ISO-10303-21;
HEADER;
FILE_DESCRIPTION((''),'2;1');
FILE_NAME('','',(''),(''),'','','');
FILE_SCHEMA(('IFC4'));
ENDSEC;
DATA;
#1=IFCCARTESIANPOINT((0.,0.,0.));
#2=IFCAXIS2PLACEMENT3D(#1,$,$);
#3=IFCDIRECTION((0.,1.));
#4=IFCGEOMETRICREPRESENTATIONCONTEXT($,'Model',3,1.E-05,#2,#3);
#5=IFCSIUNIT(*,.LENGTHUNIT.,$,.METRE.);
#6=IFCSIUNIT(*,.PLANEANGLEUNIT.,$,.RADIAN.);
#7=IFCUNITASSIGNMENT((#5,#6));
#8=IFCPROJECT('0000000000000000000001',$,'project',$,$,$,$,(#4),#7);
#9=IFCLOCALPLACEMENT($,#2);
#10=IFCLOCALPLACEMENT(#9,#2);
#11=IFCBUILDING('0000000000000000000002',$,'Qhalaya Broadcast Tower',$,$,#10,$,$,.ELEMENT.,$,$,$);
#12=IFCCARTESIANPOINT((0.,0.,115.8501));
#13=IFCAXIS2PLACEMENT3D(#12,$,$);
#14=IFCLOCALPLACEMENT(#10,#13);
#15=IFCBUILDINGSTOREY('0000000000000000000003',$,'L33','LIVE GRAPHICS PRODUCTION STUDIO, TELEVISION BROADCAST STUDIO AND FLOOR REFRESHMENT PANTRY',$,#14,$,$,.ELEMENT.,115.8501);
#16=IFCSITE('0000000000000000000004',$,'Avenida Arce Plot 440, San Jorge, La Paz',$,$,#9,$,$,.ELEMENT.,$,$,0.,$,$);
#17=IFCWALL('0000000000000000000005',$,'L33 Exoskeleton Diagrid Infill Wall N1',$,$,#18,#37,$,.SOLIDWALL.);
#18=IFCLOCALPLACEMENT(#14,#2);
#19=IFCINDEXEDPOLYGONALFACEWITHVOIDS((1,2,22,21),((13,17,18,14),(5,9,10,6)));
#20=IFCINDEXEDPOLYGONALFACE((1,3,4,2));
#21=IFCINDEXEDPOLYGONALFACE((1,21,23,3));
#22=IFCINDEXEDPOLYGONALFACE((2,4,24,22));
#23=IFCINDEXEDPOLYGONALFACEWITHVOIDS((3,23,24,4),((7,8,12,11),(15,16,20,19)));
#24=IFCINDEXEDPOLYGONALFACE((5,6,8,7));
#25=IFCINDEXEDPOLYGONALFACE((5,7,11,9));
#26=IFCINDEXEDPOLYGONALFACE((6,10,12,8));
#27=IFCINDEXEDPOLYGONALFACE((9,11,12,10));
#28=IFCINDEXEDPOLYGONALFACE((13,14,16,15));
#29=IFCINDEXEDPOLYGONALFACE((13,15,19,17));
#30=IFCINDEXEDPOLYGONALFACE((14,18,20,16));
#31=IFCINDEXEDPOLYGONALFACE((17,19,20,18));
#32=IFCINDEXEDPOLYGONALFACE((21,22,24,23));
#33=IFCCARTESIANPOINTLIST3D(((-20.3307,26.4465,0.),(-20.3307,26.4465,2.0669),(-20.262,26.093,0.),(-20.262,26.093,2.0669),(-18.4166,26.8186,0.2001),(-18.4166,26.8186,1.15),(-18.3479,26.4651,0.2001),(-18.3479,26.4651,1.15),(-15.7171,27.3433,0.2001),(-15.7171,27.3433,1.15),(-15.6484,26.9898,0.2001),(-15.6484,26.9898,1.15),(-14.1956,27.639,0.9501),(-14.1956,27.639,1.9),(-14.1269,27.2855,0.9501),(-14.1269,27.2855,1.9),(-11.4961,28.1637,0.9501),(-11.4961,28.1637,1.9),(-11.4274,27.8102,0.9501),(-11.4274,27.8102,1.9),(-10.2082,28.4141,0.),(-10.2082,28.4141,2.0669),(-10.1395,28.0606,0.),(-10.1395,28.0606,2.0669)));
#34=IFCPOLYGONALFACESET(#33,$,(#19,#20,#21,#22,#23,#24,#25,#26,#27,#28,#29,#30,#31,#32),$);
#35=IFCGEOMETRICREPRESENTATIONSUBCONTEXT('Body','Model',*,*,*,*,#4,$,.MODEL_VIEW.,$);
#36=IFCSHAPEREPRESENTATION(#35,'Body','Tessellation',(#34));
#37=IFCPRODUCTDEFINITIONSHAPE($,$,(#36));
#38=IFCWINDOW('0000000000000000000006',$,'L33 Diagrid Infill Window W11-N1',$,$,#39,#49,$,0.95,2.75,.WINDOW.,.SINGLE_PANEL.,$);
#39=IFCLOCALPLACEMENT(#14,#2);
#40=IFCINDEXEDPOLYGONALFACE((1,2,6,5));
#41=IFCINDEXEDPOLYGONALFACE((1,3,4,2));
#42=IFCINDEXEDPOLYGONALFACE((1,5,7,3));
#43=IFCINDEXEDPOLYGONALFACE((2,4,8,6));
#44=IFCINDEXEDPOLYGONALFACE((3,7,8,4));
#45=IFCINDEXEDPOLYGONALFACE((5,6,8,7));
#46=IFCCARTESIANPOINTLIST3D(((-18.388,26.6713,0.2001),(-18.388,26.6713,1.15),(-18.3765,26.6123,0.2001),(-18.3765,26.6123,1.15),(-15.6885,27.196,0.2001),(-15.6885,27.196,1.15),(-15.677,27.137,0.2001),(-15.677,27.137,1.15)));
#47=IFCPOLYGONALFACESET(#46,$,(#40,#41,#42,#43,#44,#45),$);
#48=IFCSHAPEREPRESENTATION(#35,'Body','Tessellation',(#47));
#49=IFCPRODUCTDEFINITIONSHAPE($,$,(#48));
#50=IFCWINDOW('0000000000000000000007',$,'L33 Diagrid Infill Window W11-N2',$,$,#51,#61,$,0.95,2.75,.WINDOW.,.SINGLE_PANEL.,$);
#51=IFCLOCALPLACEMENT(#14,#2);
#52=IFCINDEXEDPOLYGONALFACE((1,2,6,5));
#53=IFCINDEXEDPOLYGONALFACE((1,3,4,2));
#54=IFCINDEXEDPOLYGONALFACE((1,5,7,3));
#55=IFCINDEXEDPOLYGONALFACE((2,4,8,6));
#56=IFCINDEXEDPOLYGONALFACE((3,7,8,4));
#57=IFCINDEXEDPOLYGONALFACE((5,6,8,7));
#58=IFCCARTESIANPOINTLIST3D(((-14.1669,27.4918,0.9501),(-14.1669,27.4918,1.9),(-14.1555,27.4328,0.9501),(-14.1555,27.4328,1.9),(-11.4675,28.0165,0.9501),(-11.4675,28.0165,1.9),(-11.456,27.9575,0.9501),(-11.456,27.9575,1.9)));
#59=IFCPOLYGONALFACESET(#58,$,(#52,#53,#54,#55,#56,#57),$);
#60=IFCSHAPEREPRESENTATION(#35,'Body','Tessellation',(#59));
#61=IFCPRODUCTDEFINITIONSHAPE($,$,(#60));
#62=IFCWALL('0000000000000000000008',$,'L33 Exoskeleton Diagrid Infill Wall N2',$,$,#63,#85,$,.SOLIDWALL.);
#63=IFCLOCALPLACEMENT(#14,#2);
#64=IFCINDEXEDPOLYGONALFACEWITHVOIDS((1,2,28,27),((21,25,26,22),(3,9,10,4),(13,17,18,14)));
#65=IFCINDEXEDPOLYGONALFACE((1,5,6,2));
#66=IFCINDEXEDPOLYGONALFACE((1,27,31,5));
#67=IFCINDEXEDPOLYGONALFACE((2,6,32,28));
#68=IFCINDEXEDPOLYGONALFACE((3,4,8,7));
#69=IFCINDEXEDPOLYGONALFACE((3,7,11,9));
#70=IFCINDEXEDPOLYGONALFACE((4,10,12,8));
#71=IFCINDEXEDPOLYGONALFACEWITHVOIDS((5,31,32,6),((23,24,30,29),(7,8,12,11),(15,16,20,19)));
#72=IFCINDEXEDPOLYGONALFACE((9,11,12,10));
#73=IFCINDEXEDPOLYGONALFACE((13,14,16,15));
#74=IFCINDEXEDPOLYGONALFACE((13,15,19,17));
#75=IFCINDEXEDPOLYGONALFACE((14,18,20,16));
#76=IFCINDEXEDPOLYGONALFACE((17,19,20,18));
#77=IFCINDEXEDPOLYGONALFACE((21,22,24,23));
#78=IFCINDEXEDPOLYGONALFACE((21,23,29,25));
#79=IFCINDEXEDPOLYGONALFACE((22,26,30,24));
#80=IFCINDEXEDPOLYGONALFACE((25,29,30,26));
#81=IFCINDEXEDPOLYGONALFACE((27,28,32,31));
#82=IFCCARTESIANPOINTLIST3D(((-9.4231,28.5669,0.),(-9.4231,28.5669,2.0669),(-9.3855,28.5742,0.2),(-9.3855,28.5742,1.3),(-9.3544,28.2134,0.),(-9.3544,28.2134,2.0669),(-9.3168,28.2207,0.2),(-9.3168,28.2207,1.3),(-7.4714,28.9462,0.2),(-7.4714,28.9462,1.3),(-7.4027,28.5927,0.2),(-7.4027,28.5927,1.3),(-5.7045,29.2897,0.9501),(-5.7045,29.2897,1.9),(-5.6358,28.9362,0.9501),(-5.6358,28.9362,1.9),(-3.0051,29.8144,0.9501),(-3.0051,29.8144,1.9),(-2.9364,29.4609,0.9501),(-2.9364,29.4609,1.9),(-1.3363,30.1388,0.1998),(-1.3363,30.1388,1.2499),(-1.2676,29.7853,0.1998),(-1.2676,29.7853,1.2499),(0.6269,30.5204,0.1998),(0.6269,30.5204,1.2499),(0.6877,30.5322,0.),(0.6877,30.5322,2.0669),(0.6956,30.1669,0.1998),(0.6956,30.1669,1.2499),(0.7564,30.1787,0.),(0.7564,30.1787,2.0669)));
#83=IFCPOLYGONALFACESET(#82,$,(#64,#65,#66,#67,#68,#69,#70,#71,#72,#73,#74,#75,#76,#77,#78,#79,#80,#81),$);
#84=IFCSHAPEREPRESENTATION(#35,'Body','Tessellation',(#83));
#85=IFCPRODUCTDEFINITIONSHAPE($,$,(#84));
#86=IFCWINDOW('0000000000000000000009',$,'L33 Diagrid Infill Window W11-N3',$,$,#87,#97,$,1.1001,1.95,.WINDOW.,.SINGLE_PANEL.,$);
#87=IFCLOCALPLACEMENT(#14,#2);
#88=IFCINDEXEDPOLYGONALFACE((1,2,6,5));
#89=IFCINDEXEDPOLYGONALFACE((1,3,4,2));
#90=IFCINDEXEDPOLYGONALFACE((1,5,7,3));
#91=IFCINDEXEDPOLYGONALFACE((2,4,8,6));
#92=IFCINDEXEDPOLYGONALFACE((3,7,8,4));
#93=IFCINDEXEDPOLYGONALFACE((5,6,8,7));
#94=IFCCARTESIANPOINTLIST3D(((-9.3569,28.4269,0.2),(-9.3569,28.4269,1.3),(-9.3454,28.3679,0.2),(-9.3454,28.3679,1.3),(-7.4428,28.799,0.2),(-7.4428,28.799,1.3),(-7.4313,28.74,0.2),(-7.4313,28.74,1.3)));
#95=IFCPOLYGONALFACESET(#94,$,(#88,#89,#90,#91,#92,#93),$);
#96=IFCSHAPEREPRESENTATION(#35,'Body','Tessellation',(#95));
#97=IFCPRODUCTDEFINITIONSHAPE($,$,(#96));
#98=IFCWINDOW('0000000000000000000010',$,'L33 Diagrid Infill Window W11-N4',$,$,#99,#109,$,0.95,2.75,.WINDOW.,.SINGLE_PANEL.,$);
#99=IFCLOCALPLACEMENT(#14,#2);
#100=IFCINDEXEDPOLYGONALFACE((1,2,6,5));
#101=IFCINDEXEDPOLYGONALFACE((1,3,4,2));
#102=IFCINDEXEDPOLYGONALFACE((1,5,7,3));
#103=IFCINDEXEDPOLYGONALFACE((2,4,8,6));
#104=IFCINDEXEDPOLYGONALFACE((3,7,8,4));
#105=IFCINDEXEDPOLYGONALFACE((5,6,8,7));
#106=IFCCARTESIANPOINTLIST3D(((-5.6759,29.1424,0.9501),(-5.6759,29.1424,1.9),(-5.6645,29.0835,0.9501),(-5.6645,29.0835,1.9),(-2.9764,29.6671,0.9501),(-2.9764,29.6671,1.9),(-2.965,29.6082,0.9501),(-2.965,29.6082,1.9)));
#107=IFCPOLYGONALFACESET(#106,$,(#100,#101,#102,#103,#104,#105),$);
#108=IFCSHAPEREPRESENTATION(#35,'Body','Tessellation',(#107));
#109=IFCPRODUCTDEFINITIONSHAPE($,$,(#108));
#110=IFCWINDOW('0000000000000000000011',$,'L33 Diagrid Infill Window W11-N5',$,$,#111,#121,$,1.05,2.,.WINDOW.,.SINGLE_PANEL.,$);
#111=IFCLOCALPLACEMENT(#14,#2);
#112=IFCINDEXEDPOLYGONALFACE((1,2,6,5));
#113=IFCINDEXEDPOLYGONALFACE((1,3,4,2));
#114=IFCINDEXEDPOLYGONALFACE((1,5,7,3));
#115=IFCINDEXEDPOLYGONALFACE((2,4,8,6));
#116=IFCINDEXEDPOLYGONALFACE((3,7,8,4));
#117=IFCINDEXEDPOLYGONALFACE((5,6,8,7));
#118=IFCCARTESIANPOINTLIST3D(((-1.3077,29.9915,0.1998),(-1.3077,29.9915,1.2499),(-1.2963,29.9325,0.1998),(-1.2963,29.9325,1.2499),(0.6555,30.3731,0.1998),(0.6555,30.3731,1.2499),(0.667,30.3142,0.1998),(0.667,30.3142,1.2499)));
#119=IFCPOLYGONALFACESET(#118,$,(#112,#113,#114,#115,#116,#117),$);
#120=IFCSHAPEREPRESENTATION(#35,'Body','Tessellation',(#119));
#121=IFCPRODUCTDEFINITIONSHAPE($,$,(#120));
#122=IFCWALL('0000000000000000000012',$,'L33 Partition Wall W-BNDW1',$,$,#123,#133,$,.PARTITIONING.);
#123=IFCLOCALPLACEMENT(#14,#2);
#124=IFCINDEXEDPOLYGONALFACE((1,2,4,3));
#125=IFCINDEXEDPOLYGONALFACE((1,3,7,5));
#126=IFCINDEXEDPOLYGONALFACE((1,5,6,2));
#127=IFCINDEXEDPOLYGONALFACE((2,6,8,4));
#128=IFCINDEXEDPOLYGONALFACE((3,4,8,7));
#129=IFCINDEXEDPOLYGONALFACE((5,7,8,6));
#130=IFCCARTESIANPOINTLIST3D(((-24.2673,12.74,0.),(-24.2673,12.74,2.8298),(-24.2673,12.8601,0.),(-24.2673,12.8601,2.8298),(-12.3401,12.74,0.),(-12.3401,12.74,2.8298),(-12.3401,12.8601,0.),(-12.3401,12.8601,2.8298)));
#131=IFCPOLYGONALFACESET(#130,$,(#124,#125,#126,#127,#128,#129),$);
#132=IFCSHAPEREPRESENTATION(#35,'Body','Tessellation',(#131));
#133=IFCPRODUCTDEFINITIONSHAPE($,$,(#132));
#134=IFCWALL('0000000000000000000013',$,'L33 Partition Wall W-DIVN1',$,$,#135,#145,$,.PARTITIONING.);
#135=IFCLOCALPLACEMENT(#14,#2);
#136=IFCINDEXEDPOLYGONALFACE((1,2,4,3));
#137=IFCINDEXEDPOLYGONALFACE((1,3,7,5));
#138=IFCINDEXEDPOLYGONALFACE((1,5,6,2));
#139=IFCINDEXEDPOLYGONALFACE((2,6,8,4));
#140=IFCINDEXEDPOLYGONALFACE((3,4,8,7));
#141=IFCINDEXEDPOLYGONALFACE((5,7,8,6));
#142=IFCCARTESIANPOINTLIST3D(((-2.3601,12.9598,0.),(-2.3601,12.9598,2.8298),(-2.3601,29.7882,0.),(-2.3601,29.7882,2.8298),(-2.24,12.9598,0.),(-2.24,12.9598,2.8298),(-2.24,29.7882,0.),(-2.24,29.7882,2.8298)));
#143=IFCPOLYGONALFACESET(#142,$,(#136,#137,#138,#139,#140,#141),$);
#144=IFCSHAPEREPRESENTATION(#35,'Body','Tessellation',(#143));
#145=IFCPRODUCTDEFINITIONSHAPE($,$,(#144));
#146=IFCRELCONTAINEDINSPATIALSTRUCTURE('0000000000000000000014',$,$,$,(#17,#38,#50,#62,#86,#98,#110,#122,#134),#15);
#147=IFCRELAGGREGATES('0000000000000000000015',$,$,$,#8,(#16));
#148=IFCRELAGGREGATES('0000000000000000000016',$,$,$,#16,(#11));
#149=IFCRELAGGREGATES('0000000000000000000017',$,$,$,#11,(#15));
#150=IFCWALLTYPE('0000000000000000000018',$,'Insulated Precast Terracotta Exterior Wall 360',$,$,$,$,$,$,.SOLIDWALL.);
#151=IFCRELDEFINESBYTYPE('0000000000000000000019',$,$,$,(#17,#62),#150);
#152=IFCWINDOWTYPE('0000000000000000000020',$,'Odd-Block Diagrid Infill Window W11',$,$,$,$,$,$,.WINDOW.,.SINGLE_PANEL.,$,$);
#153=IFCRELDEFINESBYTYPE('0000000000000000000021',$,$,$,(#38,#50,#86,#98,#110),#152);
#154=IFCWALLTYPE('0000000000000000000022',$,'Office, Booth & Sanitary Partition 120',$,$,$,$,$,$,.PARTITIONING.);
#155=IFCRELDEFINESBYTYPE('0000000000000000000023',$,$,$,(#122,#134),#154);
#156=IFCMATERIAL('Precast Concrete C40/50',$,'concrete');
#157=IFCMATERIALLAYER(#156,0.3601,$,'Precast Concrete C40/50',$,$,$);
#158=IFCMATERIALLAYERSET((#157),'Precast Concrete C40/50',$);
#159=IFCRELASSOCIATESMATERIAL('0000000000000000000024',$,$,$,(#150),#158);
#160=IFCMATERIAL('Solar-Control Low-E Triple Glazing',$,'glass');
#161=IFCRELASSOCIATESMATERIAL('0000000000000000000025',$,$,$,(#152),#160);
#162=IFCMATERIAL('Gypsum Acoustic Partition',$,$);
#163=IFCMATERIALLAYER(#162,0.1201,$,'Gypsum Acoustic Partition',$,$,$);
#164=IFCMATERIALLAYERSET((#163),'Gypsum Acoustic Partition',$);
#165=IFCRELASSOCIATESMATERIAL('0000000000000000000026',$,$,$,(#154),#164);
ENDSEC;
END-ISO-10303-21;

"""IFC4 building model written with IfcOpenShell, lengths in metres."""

from ifc_helpers import new_model, si_unit, direction, frame, frame_2d, origin, place, context, subcontext, project, spatial, rectangle, extrude, material, layer, layer_set, type_object, element, fill, save


model = new_model("IFC4")

# Units and contexts
model_context = context("Model", 3, precision=1e-05, world=origin(), true_north=direction((0.0, 1.0)))
body_context = subcontext(model_context, "Body", "Model", "MODEL_VIEW")
ifc_project = project(units=[si_unit("LENGTHUNIT", "METRE"), si_unit("PLANEANGLEUNIT", "RADIAN")], contexts=[model_context])

# Site, building, storey
site_placement = place(None, origin())
site = spatial("IfcSite", under=ifc_project, at=site_placement, Name="Avenida Arce Plot 440, San Jorge, La Paz", CompositionType="ELEMENT", RefElevation=0.0)
building_placement = place(site_placement, origin())
building = spatial("IfcBuilding", under=site, at=building_placement, Name="Qhalaya Broadcast Tower", CompositionType="ELEMENT")
storey_placement = place(building_placement, frame((0.0, 0.0, 115.8501)))
storey = spatial("IfcBuildingStorey", under=building, at=storey_placement, Name="L33", Description="LIVE GRAPHICS PRODUCTION STUDIO, TELEVISION BROADCAST STUDIO AND FLOOR REFRESHMENT PANTRY", CompositionType="ELEMENT", Elevation=115.8501)

# Shared definitions
ifc_material_1 = material(Name="Gypsum Acoustic Partition")

# Walls, openings, windows
ifc_material_2 = material(Name="Precast Concrete C40/50", Category="concrete")
ifc_layer_1 = layer(ifc_material_2, 0.3601, Name="Precast Concrete C40/50")
ifc_layer_set_1 = layer_set([ifc_layer_1], Name="Precast Concrete C40/50")
wall_type_1 = type_object("IfcWallType", Name="Insulated Precast Terracotta Exterior Wall 360", PredefinedType="SOLIDWALL", material=ifc_layer_set_1)
wall_1_placement = place(storey_placement, frame((-20.2964, 26.2698, 0.0), z_axis=(0.0, 0.0, 1.0), x_axis=(0.981629, 0.1908, 0.0)))
wall_1 = element("IfcWall", 1, at=wall_1_placement, inside=storey, type_object=wall_type_1, Name="L33 Exoskeleton Diagrid Infill Wall N1", PredefinedType="SOLIDWALL", context=body_context, shape_type="SweptSolid", body=[
    extrude(rectangle(XDim=10.312, YDim=0.3601, at=frame_2d((5.156, 0.0))), origin(), (0.0, 0.0, 1.0), 2.0669),
])
opening_1_placement = place(wall_1_placement, frame((1.95, 0.0, 0.2)))
opening_1 = element("IfcOpeningElement", 2, at=opening_1_placement, cuts=wall_1, PredefinedType="OPENING", context=body_context, shape_type="SweptSolid", body=[
    extrude(rectangle(XDim=2.75, YDim=0.95, at=frame_2d((1.375, 0.4751))), frame((0.0, 0.1921, 0.0), z_axis=(0.0, -1.0, 0.0), x_axis=(1.0, 0.0, 0.0)), (0.0, 0.0, 1.0), 0.384),
])
opening_2_placement = place(wall_1_placement, frame((6.25, 0.0, 0.95)))
opening_2 = element("IfcOpeningElement", 3, at=opening_2_placement, cuts=wall_1, PredefinedType="OPENING", context=body_context, shape_type="SweptSolid", body=[
    extrude(rectangle(XDim=2.75, YDim=0.95, at=frame_2d((1.375, 0.4751))), frame((0.0, 0.1921, 0.0), z_axis=(0.0, -1.0, 0.0), x_axis=(1.0, 0.0, 0.0)), (0.0, 0.0, 1.0), 0.384),
])
ifc_material_3 = material(Name="Solar-Control Low-E Triple Glazing", Category="glass")
window_type = type_object("IfcWindowType", Name="Odd-Block Diagrid Infill Window W11", PartitioningType="SINGLE_PANEL", PredefinedType="WINDOW", material=ifc_material_3)
window_1_placement = place(opening_1_placement, origin())
window_1 = element("IfcWindow", 4, at=window_1_placement, inside=storey, type_object=window_type, Name="L33 Diagrid Infill Window W11-N1", OverallHeight=0.95, OverallWidth=2.75, PartitioningType="SINGLE_PANEL", PredefinedType="WINDOW", context=body_context, shape_type="SweptSolid", body=[
    extrude(rectangle(XDim=2.75, YDim=0.95, at=frame_2d((1.375, 0.4751))), frame((0.0, 0.03, 0.0), z_axis=(0.0, -1.0, 0.0), x_axis=(1.0, 0.0, 0.0)), (0.0, 0.0, 1.0), 0.0601),
])
fill(opening_1, window_1)
window_2_placement = place(opening_2_placement, origin())
window_2 = element("IfcWindow", 5, at=window_2_placement, inside=storey, type_object=window_type, Name="L33 Diagrid Infill Window W11-N2", OverallHeight=0.95, OverallWidth=2.75, PartitioningType="SINGLE_PANEL", PredefinedType="WINDOW", context=body_context, shape_type="SweptSolid", body=[
    extrude(rectangle(XDim=2.75, YDim=0.95, at=frame_2d((1.375, 0.4751))), frame((0.0, 0.03, 0.0), z_axis=(0.0, -1.0, 0.0), x_axis=(1.0, 0.0, 0.0)), (0.0, 0.0, 1.0), 0.0601),
])
fill(opening_2, window_2)
wall_2_placement = place(storey_placement, frame((-9.3887, 28.3901, 0.0), z_axis=(0.0, 0.0, 1.0), x_axis=(0.981627, 0.190807, 0.0)))
wall_2 = element("IfcWall", 6, at=wall_2_placement, inside=storey, type_object=wall_type_1, Name="L33 Exoskeleton Diagrid Infill Wall N2", PredefinedType="SOLIDWALL", context=body_context, shape_type="SweptSolid", body=[
    extrude(rectangle(XDim=10.3, YDim=0.3601, at=frame_2d((5.1499, 0.0))), origin(), (0.0, 0.0, 1.0), 2.0669),
])
opening_3_placement = place(wall_2_placement, frame((0.0381, 0.0, 0.2)))
opening_3 = element("IfcOpeningElement", 7, at=opening_3_placement, cuts=wall_2, PredefinedType="OPENING", context=body_context, shape_type="SweptSolid", body=[
    extrude(rectangle(XDim=1.95, YDim=1.1001, at=frame_2d((0.9751, 0.55))), frame((0.0, 0.1921, 0.0), z_axis=(0.0, -1.0, 0.0), x_axis=(1.0, 0.0, 0.0)), (0.0, 0.0, 1.0), 0.384),
])
opening_4_placement = place(wall_2_placement, frame((3.7881, 0.0, 0.95)))
opening_4 = element("IfcOpeningElement", 8, at=opening_4_placement, cuts=wall_2, PredefinedType="OPENING", context=body_context, shape_type="SweptSolid", body=[
    extrude(rectangle(XDim=2.75, YDim=0.95, at=frame_2d((1.375, 0.4751))), frame((0.0, 0.1921, 0.0), z_axis=(0.0, -1.0, 0.0), x_axis=(1.0, 0.0, 0.0)), (0.0, 0.0, 1.0), 0.384),
])
opening_5_placement = place(wall_2_placement, frame((8.238, 0.0, 0.2)))
opening_5 = element("IfcOpeningElement", 9, at=opening_5_placement, cuts=wall_2, PredefinedType="OPENING", context=body_context, shape_type="SweptSolid", body=[
    extrude(rectangle(XDim=2.0, YDim=1.05, at=frame_2d((1.0, 0.5249))), frame((0.0, 0.1921, 0.0), z_axis=(0.0, -1.0, 0.0), x_axis=(1.0, 0.0, 0.0)), (0.0, 0.0, 1.0), 0.384),
])
window_3_placement = place(opening_3_placement, origin())
window_3 = element("IfcWindow", 10, at=window_3_placement, inside=storey, type_object=window_type, Name="L33 Diagrid Infill Window W11-N3", OverallHeight=1.1001, OverallWidth=1.95, PartitioningType="SINGLE_PANEL", PredefinedType="WINDOW", context=body_context, shape_type="SweptSolid", body=[
    extrude(rectangle(XDim=1.95, YDim=1.1001, at=frame_2d((0.9751, 0.55))), frame((0.0, 0.03, 0.0), z_axis=(0.0, -1.0, 0.0), x_axis=(1.0, 0.0, 0.0)), (0.0, 0.0, 1.0), 0.0601),
])
fill(opening_3, window_3)
window_4_placement = place(opening_4_placement, origin())
window_4 = element("IfcWindow", 11, at=window_4_placement, inside=storey, type_object=window_type, Name="L33 Diagrid Infill Window W11-N4", OverallHeight=0.95, OverallWidth=2.75, PartitioningType="SINGLE_PANEL", PredefinedType="WINDOW", context=body_context, shape_type="SweptSolid", body=[
    extrude(rectangle(XDim=2.75, YDim=0.95, at=frame_2d((1.375, 0.4751))), frame((0.0, 0.03, 0.0), z_axis=(0.0, -1.0, 0.0), x_axis=(1.0, 0.0, 0.0)), (0.0, 0.0, 1.0), 0.0601),
])
fill(opening_4, window_4)
window_5_placement = place(opening_5_placement, origin())
window_5 = element("IfcWindow", 12, at=window_5_placement, inside=storey, type_object=window_type, Name="L33 Diagrid Infill Window W11-N5", OverallHeight=1.05, OverallWidth=2.0, PartitioningType="SINGLE_PANEL", PredefinedType="WINDOW", context=body_context, shape_type="SweptSolid", body=[
    extrude(rectangle(XDim=2.0, YDim=1.05, at=frame_2d((1.0, 0.5249))), frame((0.0, 0.03, 0.0), z_axis=(0.0, -1.0, 0.0), x_axis=(1.0, 0.0, 0.0)), (0.0, 0.0, 1.0), 0.0601),
])
fill(opening_5, window_5)

# Walls
ifc_layer_2 = layer(ifc_material_1, 0.1201, Name="Gypsum Acoustic Partition")
ifc_layer_set_2 = layer_set([ifc_layer_2], Name="Gypsum Acoustic Partition")
wall_type_2 = type_object("IfcWallType", Name="Office, Booth & Sanitary Partition 120", PredefinedType="PARTITIONING", material=ifc_layer_set_2)
wall_3_placement = place(storey_placement, frame((-24.2673, 12.8, 0.0), z_axis=(0.0, 0.0, 1.0), x_axis=(1.0, 0.0, 0.0)))
element("IfcWall", 13, at=wall_3_placement, inside=storey, type_object=wall_type_2, Name="L33 Partition Wall W-BNDW1", PredefinedType="PARTITIONING", context=body_context, shape_type="SweptSolid", body=[
    extrude(rectangle(XDim=11.9272, YDim=0.1201, at=frame_2d((5.9636, 0.0))), origin(), (0.0, 0.0, 1.0), 2.8298),
])
wall_4_placement = place(storey_placement, frame((-2.3, 12.96, 0.0), z_axis=(0.0, 0.0, 1.0), x_axis=(0.0, 1.0, 0.0)))
element("IfcWall", 14, at=wall_4_placement, inside=storey, type_object=wall_type_2, Name="L33 Partition Wall W-DIVN1", PredefinedType="PARTITIONING", context=body_context, shape_type="SweptSolid", body=[
    extrude(rectangle(XDim=16.8284, YDim=0.1201, at=frame_2d((8.4141, 0.0))), origin(), (0.0, 0.0, 1.0), 2.8298),
])

save(model, "model.ifc")
